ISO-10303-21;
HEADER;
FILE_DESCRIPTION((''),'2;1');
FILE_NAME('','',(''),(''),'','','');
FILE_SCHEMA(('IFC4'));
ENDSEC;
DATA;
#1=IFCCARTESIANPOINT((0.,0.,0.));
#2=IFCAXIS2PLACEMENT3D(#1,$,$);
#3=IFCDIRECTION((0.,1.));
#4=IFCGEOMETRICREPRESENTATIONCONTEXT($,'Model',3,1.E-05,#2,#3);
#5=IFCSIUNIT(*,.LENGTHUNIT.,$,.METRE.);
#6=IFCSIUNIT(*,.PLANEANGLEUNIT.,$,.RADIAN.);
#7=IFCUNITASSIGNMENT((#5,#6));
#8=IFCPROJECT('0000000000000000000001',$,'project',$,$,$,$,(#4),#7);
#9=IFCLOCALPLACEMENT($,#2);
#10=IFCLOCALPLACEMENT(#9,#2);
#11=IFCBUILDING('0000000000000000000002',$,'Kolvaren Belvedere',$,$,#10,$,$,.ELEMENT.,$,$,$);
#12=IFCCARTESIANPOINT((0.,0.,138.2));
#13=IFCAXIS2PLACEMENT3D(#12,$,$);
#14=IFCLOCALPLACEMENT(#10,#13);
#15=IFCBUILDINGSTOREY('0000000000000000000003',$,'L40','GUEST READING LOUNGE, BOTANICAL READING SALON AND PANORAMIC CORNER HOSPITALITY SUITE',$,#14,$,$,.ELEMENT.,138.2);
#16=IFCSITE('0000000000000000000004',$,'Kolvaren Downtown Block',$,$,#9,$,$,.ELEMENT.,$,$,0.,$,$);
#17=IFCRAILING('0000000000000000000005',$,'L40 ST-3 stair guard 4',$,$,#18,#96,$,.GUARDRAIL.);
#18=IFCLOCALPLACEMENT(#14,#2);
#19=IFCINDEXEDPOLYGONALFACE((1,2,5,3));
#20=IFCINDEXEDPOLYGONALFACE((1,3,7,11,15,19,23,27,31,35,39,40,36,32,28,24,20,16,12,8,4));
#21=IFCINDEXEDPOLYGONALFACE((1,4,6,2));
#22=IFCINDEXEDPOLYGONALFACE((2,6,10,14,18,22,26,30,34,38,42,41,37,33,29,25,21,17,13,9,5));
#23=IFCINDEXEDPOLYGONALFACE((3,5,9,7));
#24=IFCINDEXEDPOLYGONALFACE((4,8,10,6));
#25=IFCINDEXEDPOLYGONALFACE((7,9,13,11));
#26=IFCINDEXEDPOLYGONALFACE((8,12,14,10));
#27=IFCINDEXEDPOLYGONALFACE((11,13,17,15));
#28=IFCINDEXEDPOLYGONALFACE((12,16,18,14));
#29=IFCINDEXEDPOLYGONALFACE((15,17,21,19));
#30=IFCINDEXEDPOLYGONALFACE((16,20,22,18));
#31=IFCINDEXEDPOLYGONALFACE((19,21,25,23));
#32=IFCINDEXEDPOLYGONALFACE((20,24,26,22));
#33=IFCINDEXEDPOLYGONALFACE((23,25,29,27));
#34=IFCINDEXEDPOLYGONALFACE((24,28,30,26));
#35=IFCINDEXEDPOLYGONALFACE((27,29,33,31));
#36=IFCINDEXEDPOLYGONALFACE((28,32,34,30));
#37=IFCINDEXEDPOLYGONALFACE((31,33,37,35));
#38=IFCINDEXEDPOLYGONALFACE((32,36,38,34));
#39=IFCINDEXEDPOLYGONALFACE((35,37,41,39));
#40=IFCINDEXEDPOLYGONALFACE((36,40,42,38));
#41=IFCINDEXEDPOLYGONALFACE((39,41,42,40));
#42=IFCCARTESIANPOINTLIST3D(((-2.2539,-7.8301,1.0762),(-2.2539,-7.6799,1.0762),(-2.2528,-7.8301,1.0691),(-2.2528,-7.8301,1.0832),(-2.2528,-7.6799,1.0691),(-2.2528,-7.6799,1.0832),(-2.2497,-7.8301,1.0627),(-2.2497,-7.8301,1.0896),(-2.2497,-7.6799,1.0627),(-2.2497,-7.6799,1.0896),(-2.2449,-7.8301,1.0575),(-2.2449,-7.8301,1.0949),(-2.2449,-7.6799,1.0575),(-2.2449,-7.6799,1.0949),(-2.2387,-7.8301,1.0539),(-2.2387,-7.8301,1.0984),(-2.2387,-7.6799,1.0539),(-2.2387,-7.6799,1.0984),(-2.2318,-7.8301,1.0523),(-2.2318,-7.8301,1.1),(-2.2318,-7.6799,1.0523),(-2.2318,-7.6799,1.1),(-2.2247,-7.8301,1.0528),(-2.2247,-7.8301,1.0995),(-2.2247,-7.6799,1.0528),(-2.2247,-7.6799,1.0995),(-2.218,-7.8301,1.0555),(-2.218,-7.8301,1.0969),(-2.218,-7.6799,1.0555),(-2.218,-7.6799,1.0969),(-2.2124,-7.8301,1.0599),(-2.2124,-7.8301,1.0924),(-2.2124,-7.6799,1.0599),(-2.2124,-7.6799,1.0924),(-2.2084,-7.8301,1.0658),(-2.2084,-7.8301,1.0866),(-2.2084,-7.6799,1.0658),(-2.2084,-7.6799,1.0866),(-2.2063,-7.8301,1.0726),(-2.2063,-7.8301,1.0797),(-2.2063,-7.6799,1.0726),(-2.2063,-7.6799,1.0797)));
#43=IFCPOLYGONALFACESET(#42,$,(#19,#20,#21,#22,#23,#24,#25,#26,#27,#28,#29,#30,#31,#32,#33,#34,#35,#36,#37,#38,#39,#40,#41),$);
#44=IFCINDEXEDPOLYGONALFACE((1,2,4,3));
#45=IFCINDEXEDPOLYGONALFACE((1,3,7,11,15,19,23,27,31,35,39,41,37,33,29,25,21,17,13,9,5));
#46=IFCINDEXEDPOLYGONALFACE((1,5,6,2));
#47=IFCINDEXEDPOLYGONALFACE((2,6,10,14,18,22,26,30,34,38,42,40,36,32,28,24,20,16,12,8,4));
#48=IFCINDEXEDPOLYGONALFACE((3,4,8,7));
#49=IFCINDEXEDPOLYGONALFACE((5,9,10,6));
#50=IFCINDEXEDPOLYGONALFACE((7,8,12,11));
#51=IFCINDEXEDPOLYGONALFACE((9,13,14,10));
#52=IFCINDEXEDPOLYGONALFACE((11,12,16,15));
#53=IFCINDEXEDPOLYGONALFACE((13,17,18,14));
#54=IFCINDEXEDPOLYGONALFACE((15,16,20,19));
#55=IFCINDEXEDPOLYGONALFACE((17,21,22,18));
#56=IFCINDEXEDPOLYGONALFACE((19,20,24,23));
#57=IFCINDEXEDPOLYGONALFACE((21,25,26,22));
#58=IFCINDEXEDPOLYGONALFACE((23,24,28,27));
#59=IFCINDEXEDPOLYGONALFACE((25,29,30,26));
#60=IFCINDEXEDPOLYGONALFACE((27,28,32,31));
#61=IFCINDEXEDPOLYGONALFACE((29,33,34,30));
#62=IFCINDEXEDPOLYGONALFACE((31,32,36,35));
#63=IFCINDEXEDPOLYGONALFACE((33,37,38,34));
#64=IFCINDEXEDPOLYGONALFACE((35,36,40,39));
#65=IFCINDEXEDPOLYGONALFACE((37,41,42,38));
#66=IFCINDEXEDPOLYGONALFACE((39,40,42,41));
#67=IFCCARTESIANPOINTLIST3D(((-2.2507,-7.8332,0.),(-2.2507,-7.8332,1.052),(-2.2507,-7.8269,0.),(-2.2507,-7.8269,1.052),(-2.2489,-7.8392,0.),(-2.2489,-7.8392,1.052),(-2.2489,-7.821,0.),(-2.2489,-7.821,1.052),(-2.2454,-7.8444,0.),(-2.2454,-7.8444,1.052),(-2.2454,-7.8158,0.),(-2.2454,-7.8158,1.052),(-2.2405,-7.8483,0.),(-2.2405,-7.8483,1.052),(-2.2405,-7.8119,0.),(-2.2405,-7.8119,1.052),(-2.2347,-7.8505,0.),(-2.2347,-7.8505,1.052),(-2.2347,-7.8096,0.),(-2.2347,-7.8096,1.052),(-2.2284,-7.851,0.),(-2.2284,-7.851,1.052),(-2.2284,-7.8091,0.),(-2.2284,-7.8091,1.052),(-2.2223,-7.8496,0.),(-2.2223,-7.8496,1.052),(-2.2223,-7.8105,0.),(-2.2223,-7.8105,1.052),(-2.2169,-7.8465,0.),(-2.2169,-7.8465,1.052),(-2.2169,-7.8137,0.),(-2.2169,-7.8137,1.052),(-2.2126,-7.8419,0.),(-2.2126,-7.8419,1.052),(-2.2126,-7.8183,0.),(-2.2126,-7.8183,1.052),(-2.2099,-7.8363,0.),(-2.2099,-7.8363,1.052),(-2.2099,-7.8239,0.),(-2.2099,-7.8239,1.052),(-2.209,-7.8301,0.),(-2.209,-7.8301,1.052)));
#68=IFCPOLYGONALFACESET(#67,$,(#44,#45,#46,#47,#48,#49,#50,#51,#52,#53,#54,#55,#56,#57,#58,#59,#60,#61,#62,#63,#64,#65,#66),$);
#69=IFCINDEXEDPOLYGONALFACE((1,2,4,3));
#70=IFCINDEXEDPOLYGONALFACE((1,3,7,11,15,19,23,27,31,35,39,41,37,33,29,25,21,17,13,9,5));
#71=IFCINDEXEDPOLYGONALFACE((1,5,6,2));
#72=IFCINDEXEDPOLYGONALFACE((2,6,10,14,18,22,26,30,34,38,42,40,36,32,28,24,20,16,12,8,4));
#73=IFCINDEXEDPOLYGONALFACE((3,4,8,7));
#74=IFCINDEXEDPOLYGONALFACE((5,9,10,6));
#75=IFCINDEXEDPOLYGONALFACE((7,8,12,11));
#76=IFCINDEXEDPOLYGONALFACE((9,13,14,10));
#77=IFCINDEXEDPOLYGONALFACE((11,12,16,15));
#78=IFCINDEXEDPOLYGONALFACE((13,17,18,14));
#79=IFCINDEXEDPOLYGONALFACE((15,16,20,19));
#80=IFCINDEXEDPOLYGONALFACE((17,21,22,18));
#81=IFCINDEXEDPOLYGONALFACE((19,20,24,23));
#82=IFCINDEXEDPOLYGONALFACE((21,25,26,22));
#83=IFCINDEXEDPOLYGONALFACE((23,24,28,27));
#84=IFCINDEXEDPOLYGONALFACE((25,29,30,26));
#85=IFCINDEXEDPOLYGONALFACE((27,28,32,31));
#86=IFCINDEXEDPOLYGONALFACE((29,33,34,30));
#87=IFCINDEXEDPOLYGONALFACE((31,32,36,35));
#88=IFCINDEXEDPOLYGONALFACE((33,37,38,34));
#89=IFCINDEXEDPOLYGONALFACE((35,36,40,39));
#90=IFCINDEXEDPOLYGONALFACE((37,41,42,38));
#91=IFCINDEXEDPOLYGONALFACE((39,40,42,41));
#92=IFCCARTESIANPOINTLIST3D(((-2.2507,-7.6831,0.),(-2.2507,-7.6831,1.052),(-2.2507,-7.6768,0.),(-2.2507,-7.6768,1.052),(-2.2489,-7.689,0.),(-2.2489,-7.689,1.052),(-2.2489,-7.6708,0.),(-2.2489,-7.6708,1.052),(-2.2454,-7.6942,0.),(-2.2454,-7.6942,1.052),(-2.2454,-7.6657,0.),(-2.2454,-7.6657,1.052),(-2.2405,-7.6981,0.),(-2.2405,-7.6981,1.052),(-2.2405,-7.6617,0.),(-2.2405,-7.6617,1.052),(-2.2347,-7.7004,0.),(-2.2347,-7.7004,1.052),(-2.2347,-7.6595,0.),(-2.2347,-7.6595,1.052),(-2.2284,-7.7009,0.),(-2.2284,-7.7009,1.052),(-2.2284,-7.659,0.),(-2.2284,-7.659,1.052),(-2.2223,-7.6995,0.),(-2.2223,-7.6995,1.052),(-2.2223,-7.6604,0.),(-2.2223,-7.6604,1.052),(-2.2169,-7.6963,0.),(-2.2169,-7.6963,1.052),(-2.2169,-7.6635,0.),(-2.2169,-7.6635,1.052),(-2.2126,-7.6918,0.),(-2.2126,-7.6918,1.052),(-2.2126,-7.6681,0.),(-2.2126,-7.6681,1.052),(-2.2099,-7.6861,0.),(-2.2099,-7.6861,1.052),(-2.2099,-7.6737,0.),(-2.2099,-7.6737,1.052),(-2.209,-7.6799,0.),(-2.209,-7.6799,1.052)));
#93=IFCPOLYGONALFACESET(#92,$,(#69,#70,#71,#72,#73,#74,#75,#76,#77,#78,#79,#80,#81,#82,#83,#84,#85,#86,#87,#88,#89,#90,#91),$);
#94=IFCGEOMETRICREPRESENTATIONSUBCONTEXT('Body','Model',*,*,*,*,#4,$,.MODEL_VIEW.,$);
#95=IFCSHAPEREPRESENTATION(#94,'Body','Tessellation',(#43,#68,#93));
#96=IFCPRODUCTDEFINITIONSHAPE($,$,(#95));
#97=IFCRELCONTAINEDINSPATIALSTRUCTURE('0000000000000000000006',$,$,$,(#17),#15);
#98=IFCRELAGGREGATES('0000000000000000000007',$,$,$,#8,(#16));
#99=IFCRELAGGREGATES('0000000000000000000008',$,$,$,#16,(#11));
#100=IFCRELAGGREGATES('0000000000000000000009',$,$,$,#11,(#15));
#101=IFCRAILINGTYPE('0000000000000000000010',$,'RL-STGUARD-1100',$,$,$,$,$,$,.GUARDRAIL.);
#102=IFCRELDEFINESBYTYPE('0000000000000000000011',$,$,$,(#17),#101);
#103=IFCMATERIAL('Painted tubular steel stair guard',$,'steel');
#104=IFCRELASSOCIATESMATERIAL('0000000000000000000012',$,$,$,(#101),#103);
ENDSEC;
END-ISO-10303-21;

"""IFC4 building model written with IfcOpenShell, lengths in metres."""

from ifc_helpers import new_model, si_unit, direction, frame, origin, origin_2d, place, context, subcontext, project, spatial, circle, extrude, material, type_object, element, save


model = new_model("IFC4")

# Units and contexts
model_context = context("Model", 3, precision=1e-05, world=origin(), true_north=direction((0.0, 1.0)))
body_context = subcontext(model_context, "Body", "Model", "MODEL_VIEW")
ifc_project = project(units=[si_unit("LENGTHUNIT", "METRE"), si_unit("PLANEANGLEUNIT", "RADIAN")], contexts=[model_context])

# Site, building, storey
site_placement = place(None, origin())
site = spatial("IfcSite", under=ifc_project, at=site_placement, Name="Kolvaren Downtown Block", CompositionType="ELEMENT", RefElevation=0.0)
building_placement = place(site_placement, origin())
building = spatial("IfcBuilding", under=site, at=building_placement, Name="Kolvaren Belvedere", CompositionType="ELEMENT")
storey_placement = place(building_placement, frame((0.0, 0.0, 138.2)))
storey = spatial("IfcBuildingStorey", under=building, at=storey_placement, Name="L40", Description="GUEST READING LOUNGE, BOTANICAL READING SALON AND PANORAMIC CORNER HOSPITALITY SUITE", CompositionType="ELEMENT", Elevation=138.2)

# Railing
ifc_material_1 = material(Name="Painted tubular steel stair guard", Category="steel")
railing_type_1 = type_object("IfcRailingType", Name="RL-STGUARD-1100", PredefinedType="GUARDRAIL", material=ifc_material_1)
railing_1_placement = place(storey_placement, frame((-2.23, -7.8301, 0.0)))
element("IfcRailing", 1, at=railing_1_placement, inside=storey, type_object=railing_type_1, Name="L40 ST-3 stair guard 4", PredefinedType="GUARDRAIL", context=body_context, shape_type="SweptSolid", body=[
    extrude(circle(Radius=0.0239, at=origin_2d()), frame((0.0, 0.0, 1.0762), z_axis=(0.0, 1.0, 0.0), x_axis=(-1.0, 0.0, 0.0)), (0.0, 0.0, 1.0), 0.1501),
    extrude(circle(Radius=0.021, at=origin_2d()), origin(), (0.0, 0.0, 1.0), 1.052),
    extrude(circle(Radius=0.021, at=origin_2d()), frame((0.0, 0.1501, 0.0)), (0.0, 0.0, 1.0), 1.052),
])

save(model, "model.ifc")
